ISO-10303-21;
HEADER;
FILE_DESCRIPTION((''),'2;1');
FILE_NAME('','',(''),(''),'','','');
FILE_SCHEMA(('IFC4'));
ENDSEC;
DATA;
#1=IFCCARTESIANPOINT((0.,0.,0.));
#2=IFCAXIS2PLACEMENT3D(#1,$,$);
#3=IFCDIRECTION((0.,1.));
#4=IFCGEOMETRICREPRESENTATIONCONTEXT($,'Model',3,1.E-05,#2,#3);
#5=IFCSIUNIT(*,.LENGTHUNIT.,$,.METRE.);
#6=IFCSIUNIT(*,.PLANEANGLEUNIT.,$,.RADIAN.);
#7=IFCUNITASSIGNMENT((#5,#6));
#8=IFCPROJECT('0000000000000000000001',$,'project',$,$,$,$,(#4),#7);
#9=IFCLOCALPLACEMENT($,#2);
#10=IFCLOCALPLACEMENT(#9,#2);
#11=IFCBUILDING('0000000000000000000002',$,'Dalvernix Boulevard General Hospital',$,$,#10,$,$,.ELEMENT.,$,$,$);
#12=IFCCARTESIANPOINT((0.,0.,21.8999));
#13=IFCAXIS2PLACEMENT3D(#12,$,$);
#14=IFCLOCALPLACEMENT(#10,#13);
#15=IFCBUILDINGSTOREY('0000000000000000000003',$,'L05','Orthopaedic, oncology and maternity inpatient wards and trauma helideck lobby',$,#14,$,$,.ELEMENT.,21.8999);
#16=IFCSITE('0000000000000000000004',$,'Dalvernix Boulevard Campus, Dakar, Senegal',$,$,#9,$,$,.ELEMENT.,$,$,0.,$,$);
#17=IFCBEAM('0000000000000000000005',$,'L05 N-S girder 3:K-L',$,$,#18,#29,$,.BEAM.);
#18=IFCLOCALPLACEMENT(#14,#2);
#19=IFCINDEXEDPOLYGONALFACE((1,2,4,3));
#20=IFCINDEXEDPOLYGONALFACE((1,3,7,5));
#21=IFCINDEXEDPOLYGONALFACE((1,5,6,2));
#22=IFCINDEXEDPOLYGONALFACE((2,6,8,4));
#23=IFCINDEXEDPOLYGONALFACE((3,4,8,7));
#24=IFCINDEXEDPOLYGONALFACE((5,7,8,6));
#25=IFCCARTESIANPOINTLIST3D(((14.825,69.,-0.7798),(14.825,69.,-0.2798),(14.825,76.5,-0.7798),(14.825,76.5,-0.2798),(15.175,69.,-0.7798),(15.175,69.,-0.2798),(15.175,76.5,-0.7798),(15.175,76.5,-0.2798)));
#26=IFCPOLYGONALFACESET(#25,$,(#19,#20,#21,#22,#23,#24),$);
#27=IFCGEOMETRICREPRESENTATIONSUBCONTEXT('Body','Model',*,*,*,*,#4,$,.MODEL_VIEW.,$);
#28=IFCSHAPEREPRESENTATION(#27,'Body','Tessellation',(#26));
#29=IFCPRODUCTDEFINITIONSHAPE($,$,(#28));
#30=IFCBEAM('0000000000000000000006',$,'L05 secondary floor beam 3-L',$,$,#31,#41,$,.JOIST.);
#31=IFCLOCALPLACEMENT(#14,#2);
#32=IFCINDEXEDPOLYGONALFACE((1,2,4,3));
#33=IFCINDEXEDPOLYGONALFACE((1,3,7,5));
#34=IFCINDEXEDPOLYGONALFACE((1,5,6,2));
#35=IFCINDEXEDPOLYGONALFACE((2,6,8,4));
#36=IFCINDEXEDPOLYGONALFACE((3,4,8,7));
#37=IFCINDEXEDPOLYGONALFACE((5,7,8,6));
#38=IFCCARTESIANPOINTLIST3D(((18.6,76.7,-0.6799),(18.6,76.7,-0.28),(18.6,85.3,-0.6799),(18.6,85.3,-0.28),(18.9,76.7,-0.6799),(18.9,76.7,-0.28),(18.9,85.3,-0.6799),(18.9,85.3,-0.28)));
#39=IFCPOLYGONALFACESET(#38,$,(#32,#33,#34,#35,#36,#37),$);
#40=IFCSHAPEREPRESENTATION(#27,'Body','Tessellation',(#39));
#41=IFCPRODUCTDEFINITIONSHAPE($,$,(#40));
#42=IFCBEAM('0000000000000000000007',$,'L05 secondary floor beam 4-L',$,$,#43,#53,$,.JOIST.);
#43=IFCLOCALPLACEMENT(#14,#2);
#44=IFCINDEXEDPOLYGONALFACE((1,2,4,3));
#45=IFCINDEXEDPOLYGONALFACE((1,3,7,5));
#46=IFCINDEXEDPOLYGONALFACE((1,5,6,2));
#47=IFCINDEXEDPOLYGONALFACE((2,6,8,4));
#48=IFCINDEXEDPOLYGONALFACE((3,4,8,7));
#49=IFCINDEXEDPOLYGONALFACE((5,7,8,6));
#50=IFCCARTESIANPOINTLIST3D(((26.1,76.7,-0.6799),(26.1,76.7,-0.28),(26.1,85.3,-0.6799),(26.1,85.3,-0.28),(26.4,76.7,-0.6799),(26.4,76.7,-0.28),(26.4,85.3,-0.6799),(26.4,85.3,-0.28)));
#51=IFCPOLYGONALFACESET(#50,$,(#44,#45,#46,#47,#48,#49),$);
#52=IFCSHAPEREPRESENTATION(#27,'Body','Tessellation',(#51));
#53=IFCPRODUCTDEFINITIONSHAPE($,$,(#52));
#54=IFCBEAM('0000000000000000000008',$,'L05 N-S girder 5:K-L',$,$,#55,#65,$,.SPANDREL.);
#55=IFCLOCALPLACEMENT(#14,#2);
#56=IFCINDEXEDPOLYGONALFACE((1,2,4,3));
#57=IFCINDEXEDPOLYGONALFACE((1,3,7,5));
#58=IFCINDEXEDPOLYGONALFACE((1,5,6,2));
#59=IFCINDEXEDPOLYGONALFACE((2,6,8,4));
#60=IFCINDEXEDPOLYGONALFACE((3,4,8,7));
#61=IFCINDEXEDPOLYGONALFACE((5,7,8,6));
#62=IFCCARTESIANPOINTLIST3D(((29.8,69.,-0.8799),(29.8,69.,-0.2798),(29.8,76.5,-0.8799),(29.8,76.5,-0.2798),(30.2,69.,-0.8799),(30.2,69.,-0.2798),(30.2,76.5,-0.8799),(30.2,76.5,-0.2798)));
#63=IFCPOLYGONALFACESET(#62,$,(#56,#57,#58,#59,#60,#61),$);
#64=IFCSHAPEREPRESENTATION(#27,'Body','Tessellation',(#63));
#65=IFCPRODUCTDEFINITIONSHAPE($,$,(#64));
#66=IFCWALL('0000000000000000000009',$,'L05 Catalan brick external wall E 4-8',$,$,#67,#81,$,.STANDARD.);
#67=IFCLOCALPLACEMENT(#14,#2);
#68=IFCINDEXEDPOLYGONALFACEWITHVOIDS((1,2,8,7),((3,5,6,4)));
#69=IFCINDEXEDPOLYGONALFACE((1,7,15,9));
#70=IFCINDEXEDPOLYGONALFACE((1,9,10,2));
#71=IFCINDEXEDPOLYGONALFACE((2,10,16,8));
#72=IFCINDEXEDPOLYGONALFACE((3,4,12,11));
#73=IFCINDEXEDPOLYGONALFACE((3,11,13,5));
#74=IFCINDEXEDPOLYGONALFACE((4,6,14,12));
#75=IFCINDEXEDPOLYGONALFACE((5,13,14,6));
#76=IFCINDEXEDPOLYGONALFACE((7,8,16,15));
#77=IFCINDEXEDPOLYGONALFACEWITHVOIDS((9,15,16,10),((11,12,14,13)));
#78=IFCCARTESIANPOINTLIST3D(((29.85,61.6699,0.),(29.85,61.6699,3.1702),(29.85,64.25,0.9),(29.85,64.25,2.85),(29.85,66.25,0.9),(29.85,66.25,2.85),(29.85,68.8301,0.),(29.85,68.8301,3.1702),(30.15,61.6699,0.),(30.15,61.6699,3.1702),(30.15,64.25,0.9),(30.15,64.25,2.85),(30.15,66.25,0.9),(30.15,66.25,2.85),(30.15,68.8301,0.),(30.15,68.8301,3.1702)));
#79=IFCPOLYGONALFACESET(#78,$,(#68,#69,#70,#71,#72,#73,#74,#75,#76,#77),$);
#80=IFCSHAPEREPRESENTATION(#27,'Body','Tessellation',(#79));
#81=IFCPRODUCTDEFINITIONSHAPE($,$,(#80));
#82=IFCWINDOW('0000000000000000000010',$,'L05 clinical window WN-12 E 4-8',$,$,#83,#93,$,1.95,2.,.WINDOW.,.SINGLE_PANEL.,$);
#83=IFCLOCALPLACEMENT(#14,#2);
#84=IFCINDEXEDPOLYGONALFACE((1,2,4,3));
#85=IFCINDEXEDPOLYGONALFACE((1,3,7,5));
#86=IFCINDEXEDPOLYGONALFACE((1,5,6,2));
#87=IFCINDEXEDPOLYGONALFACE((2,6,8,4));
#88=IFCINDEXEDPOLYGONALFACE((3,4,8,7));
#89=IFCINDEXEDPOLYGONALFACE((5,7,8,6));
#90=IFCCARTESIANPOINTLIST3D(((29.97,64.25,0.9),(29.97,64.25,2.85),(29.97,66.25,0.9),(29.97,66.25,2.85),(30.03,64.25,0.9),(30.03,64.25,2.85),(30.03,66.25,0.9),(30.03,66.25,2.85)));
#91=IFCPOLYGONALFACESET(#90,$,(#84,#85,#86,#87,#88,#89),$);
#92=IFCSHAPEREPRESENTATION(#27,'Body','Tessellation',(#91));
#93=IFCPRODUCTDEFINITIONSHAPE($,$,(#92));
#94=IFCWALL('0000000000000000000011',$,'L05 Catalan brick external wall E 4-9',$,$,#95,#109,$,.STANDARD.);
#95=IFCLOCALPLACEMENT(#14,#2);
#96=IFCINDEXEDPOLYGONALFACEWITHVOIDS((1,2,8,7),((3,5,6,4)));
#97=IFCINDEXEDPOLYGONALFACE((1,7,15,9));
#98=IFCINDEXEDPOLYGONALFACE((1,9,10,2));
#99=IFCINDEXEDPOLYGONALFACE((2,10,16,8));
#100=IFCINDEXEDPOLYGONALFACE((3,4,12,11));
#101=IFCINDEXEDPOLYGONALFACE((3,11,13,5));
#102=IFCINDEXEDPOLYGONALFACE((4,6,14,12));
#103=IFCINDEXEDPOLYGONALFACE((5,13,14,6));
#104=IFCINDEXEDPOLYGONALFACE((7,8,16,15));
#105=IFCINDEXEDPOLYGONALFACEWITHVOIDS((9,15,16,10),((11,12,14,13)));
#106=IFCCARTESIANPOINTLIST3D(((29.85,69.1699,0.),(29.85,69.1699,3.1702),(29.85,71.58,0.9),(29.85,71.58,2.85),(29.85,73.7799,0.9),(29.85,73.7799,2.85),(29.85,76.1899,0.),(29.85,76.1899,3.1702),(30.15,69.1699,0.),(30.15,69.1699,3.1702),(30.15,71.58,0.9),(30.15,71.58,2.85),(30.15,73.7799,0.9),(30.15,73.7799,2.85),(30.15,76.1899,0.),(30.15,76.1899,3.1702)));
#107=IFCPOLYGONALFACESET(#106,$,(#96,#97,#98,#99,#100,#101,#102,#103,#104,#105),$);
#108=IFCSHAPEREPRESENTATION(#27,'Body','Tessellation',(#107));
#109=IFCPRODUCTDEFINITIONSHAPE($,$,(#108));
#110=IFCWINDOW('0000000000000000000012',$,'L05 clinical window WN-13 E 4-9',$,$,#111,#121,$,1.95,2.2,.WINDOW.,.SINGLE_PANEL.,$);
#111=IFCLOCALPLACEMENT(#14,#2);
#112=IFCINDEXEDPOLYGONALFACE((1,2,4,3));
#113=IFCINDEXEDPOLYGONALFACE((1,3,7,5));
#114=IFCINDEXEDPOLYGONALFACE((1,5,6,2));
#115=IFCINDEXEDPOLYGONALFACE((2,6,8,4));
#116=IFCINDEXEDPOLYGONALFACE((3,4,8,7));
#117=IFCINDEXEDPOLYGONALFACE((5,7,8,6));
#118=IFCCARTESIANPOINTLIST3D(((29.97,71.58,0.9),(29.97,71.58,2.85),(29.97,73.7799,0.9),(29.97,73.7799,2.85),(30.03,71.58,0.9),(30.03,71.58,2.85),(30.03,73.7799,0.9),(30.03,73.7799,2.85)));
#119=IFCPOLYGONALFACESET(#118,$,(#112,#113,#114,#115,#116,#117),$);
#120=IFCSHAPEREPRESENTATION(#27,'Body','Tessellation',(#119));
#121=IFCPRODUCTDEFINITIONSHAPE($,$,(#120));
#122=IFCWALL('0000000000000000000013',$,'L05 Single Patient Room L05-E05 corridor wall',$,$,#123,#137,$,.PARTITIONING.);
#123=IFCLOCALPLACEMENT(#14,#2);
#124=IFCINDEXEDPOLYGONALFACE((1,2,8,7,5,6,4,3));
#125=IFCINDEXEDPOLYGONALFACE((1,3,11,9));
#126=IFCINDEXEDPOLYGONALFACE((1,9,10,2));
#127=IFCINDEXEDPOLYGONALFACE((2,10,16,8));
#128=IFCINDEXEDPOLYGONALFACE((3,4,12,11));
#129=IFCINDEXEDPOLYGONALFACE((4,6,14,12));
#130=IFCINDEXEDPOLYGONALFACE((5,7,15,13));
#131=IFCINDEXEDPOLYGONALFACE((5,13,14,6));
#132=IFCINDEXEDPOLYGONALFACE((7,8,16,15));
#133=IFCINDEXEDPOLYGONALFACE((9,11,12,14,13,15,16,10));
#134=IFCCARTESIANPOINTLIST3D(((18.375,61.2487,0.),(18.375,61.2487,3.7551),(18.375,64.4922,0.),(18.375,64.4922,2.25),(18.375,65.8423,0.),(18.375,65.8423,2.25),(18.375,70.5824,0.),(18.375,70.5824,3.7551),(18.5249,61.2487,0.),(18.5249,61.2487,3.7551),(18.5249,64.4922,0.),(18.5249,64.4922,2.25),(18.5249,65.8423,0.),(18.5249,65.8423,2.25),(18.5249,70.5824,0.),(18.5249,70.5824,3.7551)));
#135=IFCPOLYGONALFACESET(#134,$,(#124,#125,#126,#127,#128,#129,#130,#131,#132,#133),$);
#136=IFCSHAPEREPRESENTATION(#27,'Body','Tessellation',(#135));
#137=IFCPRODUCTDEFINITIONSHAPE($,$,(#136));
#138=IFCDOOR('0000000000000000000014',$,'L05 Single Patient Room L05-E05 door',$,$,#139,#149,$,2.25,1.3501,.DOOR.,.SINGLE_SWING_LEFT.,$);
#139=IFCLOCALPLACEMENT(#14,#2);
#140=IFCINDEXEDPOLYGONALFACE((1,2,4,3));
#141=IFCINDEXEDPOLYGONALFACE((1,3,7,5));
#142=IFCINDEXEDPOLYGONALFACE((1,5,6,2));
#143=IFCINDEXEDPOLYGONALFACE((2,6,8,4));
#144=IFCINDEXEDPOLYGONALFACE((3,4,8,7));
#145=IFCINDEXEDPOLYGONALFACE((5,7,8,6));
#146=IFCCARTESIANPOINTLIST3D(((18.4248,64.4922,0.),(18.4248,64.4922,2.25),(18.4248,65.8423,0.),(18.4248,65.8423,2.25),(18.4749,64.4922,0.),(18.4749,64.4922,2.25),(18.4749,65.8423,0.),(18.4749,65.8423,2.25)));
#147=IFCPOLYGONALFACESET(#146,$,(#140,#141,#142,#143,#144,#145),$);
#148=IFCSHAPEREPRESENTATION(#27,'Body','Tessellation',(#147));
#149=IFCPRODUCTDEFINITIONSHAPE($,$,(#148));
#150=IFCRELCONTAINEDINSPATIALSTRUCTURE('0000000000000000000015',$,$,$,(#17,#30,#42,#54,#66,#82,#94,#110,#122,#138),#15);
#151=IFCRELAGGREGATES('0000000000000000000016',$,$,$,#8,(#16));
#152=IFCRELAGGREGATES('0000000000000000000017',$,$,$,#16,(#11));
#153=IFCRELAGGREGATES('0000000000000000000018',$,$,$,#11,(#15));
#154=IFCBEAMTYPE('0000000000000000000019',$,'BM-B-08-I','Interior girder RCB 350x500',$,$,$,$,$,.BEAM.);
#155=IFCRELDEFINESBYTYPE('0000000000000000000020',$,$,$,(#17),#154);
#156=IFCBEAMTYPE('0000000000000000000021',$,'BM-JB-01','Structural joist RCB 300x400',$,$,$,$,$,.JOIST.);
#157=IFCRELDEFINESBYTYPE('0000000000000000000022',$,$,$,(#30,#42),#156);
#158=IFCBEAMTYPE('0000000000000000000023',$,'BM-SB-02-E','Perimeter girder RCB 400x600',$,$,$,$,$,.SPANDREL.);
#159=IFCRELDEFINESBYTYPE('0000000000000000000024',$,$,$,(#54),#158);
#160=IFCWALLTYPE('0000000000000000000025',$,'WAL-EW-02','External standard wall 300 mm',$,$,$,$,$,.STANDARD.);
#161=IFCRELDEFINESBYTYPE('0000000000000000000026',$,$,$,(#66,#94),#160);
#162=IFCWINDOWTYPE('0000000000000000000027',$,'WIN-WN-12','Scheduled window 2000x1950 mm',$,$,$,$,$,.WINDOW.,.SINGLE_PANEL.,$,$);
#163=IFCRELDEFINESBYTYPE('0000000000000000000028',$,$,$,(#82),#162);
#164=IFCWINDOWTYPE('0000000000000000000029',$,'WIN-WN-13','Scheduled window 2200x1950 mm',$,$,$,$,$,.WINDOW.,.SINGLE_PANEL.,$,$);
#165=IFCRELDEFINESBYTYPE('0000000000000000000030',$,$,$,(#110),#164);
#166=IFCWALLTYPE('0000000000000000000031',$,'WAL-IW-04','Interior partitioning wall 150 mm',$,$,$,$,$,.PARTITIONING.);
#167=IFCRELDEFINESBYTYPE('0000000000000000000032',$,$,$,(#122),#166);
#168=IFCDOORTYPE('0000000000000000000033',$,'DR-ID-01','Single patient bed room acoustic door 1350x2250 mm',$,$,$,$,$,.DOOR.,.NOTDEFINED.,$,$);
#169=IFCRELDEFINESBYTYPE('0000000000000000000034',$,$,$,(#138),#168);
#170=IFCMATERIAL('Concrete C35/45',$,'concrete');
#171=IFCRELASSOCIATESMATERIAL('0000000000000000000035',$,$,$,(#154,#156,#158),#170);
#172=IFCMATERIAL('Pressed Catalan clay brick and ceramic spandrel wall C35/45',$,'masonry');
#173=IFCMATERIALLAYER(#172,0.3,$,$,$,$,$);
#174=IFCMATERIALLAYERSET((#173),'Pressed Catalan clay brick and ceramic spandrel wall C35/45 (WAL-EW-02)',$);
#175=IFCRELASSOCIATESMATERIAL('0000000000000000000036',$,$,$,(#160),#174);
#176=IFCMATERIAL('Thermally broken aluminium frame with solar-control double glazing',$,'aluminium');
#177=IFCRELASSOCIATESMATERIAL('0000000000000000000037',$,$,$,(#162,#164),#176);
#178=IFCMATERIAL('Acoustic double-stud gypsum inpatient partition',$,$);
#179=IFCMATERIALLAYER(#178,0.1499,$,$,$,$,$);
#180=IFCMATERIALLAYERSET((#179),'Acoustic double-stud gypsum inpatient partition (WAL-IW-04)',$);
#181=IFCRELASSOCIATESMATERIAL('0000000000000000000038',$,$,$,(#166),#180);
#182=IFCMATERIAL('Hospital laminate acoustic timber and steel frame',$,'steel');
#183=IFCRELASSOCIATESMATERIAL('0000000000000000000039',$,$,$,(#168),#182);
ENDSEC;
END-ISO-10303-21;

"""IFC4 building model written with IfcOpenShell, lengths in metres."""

from ifc_helpers import new_model, si_unit, direction, frame, frame_2d, origin, origin_2d, place, context, subcontext, project, spatial, rectangle, extrude, material, layer, layer_set, material_profile, profile_set, type_object, element, fill, save


model = new_model("IFC4")

# Units and contexts
model_context = context("Model", 3, precision=1e-05, world=origin(), true_north=direction((0.0, 1.0)))
body_context = subcontext(model_context, "Body", "Model", "MODEL_VIEW")
ifc_project = project(units=[si_unit("LENGTHUNIT", "METRE"), si_unit("PLANEANGLEUNIT", "RADIAN")], contexts=[model_context])

# Site, building, storey
site_placement = place(None, origin())
site = spatial("IfcSite", under=ifc_project, at=site_placement, Name="Dalvernix Boulevard Campus, Dakar, Senegal", CompositionType="ELEMENT", RefElevation=0.0)
building_placement = place(site_placement, origin())
building = spatial("IfcBuilding", under=site, at=building_placement, Name="Dalvernix Boulevard General Hospital", CompositionType="ELEMENT")
storey_placement = place(building_placement, frame((0.0, 0.0, 21.8999)))
storey = spatial("IfcBuildingStorey", under=building, at=storey_placement, Name="L05", Description="Orthopaedic, oncology and maternity inpatient wards and trauma helideck lobby", CompositionType="ELEMENT", Elevation=21.8999)

# Beams
ifc_material_1 = material(Name="Concrete C35/45", Category="concrete")
ifc_material_profile_1 = material_profile(ifc_material_1, rectangle(XDim=0.3501, YDim=0.5, at=origin_2d()), Name="RCB 350x500")
ifc_profile_set_1 = profile_set([ifc_material_profile_1], Name="Concrete C35/45")
beam_type_1 = type_object("IfcBeamType", Name="BM-B-08-I", Description="Interior girder RCB 350x500", PredefinedType="BEAM", material=ifc_profile_set_1)
beam_1_placement = place(storey_placement, frame((15.0, 69.0, -0.5298), z_axis=(0.0, 1.0, 0.0), x_axis=(-1.0, 0.0, 0.0)))
element("IfcBeam", 1, at=beam_1_placement, inside=storey, type_object=beam_type_1, Name="L05 N-S girder 3:K-L", PredefinedType="BEAM", context=body_context, shape_type="SweptSolid", body=[
    extrude(rectangle(XDim=0.3501, YDim=0.5, at=origin_2d()), origin(), (0.0, 0.0, 1.0), 7.5),
])
ifc_material_profile_2 = material_profile(ifc_material_1, rectangle(XDim=0.3, YDim=0.3999, at=origin_2d()), Name="RCB 300x400")
ifc_profile_set_2 = profile_set([ifc_material_profile_2], Name="Concrete C35/45")
beam_type_2 = type_object("IfcBeamType", Name="BM-JB-01", Description="Structural joist RCB 300x400", PredefinedType="JOIST", material=ifc_profile_set_2)
for number, where, z_axis, x_axis, name in (
    (2, (18.75, 76.7, -0.48), (0.0, 1.0, 0.0), (-1.0, 0.0, 0.0), "L05 secondary floor beam 3-L"),
    (3, (26.25, 76.7, -0.48), (0.0, 1.0, 0.0), (-1.0, 0.0, 0.0), "L05 secondary floor beam 4-L"),
):
    element("IfcBeam", number, at=place(storey_placement, frame(where, z_axis=z_axis, x_axis=x_axis)), inside=storey, type_object=beam_type_2, Name=name, PredefinedType="JOIST", context=body_context, shape_type="SweptSolid", body=[
        extrude(rectangle(XDim=0.3, YDim=0.3999, at=origin_2d()), origin(), (0.0, 0.0, 1.0), 8.6001),
    ])
ifc_material_profile_3 = material_profile(ifc_material_1, rectangle(XDim=0.3999, YDim=0.6001, at=origin_2d()), Name="RCB 400x600")
ifc_profile_set_3 = profile_set([ifc_material_profile_3], Name="Concrete C35/45")
beam_type_3 = type_object("IfcBeamType", Name="BM-SB-02-E", Description="Perimeter girder RCB 400x600", PredefinedType="SPANDREL", material=ifc_profile_set_3)
beam_2_placement = place(storey_placement, frame((30.0, 69.0, -0.5798), z_axis=(0.0, 1.0, 0.0), x_axis=(-1.0, 0.0, 0.0)))
element("IfcBeam", 4, at=beam_2_placement, inside=storey, type_object=beam_type_3, Name="L05 N-S girder 5:K-L", PredefinedType="SPANDREL", context=body_context, shape_type="SweptSolid", body=[
    extrude(rectangle(XDim=0.3999, YDim=0.6001, at=origin_2d()), origin(), (0.0, 0.0, 1.0), 7.5),
])

# Walls, openings, windows
ifc_material_2 = material(Name="Pressed Catalan clay brick and ceramic spandrel wall C35/45", Category="masonry")
ifc_layer_1 = layer(ifc_material_2, 0.3)
ifc_layer_set_1 = layer_set([ifc_layer_1], Name="Pressed Catalan clay brick and ceramic spandrel wall C35/45 (WAL-EW-02)")
wall_type_1 = type_object("IfcWallType", Name="WAL-EW-02", Description="External standard wall 300 mm", PredefinedType="STANDARD", material=ifc_layer_set_1)
wall_1_placement = place(storey_placement, frame((30.0, 68.8301, 0.0), z_axis=(0.0, 0.0, 1.0), x_axis=(0.0, -1.0, 0.0)))
wall_1 = element("IfcWall", 5, at=wall_1_placement, inside=storey, type_object=wall_type_1, Name="L05 Catalan brick external wall E 4-8", PredefinedType="STANDARD", context=body_context, shape_type="SweptSolid", body=[
    extrude(rectangle(XDim=7.1602, YDim=0.3, at=frame_2d((3.5801, 0.0))), origin(), (0.0, 0.0, 1.0), 3.1702),
])
opening_1_placement = place(wall_1_placement, frame((2.5801, 0.0, 0.8999)))
opening_1 = element("IfcOpeningElement", 6, at=opening_1_placement, cuts=wall_1, PredefinedType="OPENING", context=body_context, shape_type="SweptSolid", body=[
    extrude(rectangle(XDim=2.0, YDim=1.95, at=frame_2d((1.0, 0.9751))), frame((0.0, 0.1599, 0.0), z_axis=(0.0, -1.0, 0.0), x_axis=(1.0, 0.0, 0.0)), (0.0, 0.0, 1.0), 0.3201),
])
ifc_material_3 = material(Name="Thermally broken aluminium frame with solar-control double glazing", Category="aluminium")
window_type_1 = type_object("IfcWindowType", Name="WIN-WN-12", Description="Scheduled window 2000x1950 mm", PartitioningType="SINGLE_PANEL", PredefinedType="WINDOW", material=ifc_material_3)
window_1_placement = place(opening_1_placement, origin())
window_1 = element("IfcWindow", 7, at=window_1_placement, inside=storey, type_object=window_type_1, Name="L05 clinical window WN-12 E 4-8", OverallHeight=1.95, OverallWidth=2.0, PartitioningType="SINGLE_PANEL", PredefinedType="WINDOW", context=body_context, shape_type="SweptSolid", body=[
    extrude(rectangle(XDim=2.0, YDim=1.95, at=frame_2d((1.0, 0.9751))), frame((0.0, 0.03, 0.0), z_axis=(0.0, -1.0, 0.0), x_axis=(1.0, 0.0, 0.0)), (0.0, 0.0, 1.0), 0.0601),
])
fill(opening_1, window_1)
wall_2_placement = place(storey_placement, frame((30.0, 76.1899, 0.0), z_axis=(0.0, 0.0, 1.0), x_axis=(0.0, -1.0, 0.0)))
wall_2 = element("IfcWall", 8, at=wall_2_placement, inside=storey, type_object=wall_type_1, Name="L05 Catalan brick external wall E 4-9", PredefinedType="STANDARD", context=body_context, shape_type="SweptSolid", body=[
    extrude(rectangle(XDim=7.02, YDim=0.3, at=frame_2d((3.51, 0.0))), origin(), (0.0, 0.0, 1.0), 3.1702),
])
opening_2_placement = place(wall_2_placement, frame((2.4099, 0.0, 0.8999)))
opening_2 = element("IfcOpeningElement", 9, at=opening_2_placement, cuts=wall_2, PredefinedType="OPENING", context=body_context, shape_type="SweptSolid", body=[
    extrude(rectangle(XDim=2.2, YDim=1.95, at=frame_2d((1.1001, 0.9751))), frame((0.0, 0.1599, 0.0), z_axis=(0.0, -1.0, 0.0), x_axis=(1.0, 0.0, 0.0)), (0.0, 0.0, 1.0), 0.3201),
])
window_type_2 = type_object("IfcWindowType", Name="WIN-WN-13", Description="Scheduled window 2200x1950 mm", PartitioningType="SINGLE_PANEL", PredefinedType="WINDOW", material=ifc_material_3)
window_2_placement = place(opening_2_placement, origin())
window_2 = element("IfcWindow", 10, at=window_2_placement, inside=storey, type_object=window_type_2, Name="L05 clinical window WN-13 E 4-9", OverallHeight=1.95, OverallWidth=2.2, PartitioningType="SINGLE_PANEL", PredefinedType="WINDOW", context=body_context, shape_type="SweptSolid", body=[
    extrude(rectangle(XDim=2.2, YDim=1.95, at=frame_2d((1.1001, 0.9751))), frame((0.0, 0.03, 0.0), z_axis=(0.0, -1.0, 0.0), x_axis=(1.0, 0.0, 0.0)), (0.0, 0.0, 1.0), 0.0601),
])
fill(opening_2, window_2)

# Wall, opening, door
ifc_material_4 = material(Name="Acoustic double-stud gypsum inpatient partition")
ifc_layer_2 = layer(ifc_material_4, 0.1499)
ifc_layer_set_2 = layer_set([ifc_layer_2], Name="Acoustic double-stud gypsum inpatient partition (WAL-IW-04)")
wall_type_2 = type_object("IfcWallType", Name="WAL-IW-04", Description="Interior partitioning wall 150 mm", PredefinedType="PARTITIONING", material=ifc_layer_set_2)
wall_3_placement = place(storey_placement, frame((18.45, 70.5825, 0.0), z_axis=(0.0, 0.0, 1.0), x_axis=(0.0, -1.0, 0.0)))
wall_3 = element("IfcWall", 11, at=wall_3_placement, inside=storey, type_object=wall_type_2, Name="L05 Single Patient Room L05-E05 corridor wall", PredefinedType="PARTITIONING", context=body_context, shape_type="SweptSolid", body=[
    extrude(rectangle(XDim=9.3337, YDim=0.1499, at=frame_2d((4.667, 0.0))), origin(), (0.0, 0.0, 1.0), 3.7551),
])
opening_3_placement = place(wall_3_placement, frame((4.7402, 0.0, 0.0)))
opening_3 = element("IfcOpeningElement", 12, at=opening_3_placement, cuts=wall_3, PredefinedType="OPENING", context=body_context, shape_type="SweptSolid", body=[
    extrude(rectangle(XDim=1.3501, YDim=2.25, at=frame_2d((0.675, 1.125))), frame((0.0, 0.085, 0.0), z_axis=(0.0, -1.0, 0.0), x_axis=(1.0, 0.0, 0.0)), (0.0, 0.0, 1.0), 0.1699),
])
ifc_material_5 = material(Name="Hospital laminate acoustic timber and steel frame", Category="steel")
door_type_1 = type_object("IfcDoorType", Name="DR-ID-01", Description="Single patient bed room acoustic door 1350x2250 mm", OperationType="NOTDEFINED", PredefinedType="DOOR", material=ifc_material_5)
door_1_placement = place(opening_3_placement, origin())
door_1 = element("IfcDoor", 13, at=door_1_placement, inside=storey, type_object=door_type_1, Name="L05 Single Patient Room L05-E05 door", OperationType="SINGLE_SWING_LEFT", OverallHeight=2.25, OverallWidth=1.3501, PredefinedType="DOOR", context=body_context, shape_type="SweptSolid", body=[
    extrude(rectangle(XDim=1.3501, YDim=2.25, at=frame_2d((0.675, 1.125))), frame((0.0, 0.0249, 0.0), z_axis=(0.0, -1.0, 0.0), x_axis=(1.0, 0.0, 0.0)), (0.0, 0.0, 1.0), 0.05),
])
fill(opening_3, door_1)

save(model, "model.ifc")
